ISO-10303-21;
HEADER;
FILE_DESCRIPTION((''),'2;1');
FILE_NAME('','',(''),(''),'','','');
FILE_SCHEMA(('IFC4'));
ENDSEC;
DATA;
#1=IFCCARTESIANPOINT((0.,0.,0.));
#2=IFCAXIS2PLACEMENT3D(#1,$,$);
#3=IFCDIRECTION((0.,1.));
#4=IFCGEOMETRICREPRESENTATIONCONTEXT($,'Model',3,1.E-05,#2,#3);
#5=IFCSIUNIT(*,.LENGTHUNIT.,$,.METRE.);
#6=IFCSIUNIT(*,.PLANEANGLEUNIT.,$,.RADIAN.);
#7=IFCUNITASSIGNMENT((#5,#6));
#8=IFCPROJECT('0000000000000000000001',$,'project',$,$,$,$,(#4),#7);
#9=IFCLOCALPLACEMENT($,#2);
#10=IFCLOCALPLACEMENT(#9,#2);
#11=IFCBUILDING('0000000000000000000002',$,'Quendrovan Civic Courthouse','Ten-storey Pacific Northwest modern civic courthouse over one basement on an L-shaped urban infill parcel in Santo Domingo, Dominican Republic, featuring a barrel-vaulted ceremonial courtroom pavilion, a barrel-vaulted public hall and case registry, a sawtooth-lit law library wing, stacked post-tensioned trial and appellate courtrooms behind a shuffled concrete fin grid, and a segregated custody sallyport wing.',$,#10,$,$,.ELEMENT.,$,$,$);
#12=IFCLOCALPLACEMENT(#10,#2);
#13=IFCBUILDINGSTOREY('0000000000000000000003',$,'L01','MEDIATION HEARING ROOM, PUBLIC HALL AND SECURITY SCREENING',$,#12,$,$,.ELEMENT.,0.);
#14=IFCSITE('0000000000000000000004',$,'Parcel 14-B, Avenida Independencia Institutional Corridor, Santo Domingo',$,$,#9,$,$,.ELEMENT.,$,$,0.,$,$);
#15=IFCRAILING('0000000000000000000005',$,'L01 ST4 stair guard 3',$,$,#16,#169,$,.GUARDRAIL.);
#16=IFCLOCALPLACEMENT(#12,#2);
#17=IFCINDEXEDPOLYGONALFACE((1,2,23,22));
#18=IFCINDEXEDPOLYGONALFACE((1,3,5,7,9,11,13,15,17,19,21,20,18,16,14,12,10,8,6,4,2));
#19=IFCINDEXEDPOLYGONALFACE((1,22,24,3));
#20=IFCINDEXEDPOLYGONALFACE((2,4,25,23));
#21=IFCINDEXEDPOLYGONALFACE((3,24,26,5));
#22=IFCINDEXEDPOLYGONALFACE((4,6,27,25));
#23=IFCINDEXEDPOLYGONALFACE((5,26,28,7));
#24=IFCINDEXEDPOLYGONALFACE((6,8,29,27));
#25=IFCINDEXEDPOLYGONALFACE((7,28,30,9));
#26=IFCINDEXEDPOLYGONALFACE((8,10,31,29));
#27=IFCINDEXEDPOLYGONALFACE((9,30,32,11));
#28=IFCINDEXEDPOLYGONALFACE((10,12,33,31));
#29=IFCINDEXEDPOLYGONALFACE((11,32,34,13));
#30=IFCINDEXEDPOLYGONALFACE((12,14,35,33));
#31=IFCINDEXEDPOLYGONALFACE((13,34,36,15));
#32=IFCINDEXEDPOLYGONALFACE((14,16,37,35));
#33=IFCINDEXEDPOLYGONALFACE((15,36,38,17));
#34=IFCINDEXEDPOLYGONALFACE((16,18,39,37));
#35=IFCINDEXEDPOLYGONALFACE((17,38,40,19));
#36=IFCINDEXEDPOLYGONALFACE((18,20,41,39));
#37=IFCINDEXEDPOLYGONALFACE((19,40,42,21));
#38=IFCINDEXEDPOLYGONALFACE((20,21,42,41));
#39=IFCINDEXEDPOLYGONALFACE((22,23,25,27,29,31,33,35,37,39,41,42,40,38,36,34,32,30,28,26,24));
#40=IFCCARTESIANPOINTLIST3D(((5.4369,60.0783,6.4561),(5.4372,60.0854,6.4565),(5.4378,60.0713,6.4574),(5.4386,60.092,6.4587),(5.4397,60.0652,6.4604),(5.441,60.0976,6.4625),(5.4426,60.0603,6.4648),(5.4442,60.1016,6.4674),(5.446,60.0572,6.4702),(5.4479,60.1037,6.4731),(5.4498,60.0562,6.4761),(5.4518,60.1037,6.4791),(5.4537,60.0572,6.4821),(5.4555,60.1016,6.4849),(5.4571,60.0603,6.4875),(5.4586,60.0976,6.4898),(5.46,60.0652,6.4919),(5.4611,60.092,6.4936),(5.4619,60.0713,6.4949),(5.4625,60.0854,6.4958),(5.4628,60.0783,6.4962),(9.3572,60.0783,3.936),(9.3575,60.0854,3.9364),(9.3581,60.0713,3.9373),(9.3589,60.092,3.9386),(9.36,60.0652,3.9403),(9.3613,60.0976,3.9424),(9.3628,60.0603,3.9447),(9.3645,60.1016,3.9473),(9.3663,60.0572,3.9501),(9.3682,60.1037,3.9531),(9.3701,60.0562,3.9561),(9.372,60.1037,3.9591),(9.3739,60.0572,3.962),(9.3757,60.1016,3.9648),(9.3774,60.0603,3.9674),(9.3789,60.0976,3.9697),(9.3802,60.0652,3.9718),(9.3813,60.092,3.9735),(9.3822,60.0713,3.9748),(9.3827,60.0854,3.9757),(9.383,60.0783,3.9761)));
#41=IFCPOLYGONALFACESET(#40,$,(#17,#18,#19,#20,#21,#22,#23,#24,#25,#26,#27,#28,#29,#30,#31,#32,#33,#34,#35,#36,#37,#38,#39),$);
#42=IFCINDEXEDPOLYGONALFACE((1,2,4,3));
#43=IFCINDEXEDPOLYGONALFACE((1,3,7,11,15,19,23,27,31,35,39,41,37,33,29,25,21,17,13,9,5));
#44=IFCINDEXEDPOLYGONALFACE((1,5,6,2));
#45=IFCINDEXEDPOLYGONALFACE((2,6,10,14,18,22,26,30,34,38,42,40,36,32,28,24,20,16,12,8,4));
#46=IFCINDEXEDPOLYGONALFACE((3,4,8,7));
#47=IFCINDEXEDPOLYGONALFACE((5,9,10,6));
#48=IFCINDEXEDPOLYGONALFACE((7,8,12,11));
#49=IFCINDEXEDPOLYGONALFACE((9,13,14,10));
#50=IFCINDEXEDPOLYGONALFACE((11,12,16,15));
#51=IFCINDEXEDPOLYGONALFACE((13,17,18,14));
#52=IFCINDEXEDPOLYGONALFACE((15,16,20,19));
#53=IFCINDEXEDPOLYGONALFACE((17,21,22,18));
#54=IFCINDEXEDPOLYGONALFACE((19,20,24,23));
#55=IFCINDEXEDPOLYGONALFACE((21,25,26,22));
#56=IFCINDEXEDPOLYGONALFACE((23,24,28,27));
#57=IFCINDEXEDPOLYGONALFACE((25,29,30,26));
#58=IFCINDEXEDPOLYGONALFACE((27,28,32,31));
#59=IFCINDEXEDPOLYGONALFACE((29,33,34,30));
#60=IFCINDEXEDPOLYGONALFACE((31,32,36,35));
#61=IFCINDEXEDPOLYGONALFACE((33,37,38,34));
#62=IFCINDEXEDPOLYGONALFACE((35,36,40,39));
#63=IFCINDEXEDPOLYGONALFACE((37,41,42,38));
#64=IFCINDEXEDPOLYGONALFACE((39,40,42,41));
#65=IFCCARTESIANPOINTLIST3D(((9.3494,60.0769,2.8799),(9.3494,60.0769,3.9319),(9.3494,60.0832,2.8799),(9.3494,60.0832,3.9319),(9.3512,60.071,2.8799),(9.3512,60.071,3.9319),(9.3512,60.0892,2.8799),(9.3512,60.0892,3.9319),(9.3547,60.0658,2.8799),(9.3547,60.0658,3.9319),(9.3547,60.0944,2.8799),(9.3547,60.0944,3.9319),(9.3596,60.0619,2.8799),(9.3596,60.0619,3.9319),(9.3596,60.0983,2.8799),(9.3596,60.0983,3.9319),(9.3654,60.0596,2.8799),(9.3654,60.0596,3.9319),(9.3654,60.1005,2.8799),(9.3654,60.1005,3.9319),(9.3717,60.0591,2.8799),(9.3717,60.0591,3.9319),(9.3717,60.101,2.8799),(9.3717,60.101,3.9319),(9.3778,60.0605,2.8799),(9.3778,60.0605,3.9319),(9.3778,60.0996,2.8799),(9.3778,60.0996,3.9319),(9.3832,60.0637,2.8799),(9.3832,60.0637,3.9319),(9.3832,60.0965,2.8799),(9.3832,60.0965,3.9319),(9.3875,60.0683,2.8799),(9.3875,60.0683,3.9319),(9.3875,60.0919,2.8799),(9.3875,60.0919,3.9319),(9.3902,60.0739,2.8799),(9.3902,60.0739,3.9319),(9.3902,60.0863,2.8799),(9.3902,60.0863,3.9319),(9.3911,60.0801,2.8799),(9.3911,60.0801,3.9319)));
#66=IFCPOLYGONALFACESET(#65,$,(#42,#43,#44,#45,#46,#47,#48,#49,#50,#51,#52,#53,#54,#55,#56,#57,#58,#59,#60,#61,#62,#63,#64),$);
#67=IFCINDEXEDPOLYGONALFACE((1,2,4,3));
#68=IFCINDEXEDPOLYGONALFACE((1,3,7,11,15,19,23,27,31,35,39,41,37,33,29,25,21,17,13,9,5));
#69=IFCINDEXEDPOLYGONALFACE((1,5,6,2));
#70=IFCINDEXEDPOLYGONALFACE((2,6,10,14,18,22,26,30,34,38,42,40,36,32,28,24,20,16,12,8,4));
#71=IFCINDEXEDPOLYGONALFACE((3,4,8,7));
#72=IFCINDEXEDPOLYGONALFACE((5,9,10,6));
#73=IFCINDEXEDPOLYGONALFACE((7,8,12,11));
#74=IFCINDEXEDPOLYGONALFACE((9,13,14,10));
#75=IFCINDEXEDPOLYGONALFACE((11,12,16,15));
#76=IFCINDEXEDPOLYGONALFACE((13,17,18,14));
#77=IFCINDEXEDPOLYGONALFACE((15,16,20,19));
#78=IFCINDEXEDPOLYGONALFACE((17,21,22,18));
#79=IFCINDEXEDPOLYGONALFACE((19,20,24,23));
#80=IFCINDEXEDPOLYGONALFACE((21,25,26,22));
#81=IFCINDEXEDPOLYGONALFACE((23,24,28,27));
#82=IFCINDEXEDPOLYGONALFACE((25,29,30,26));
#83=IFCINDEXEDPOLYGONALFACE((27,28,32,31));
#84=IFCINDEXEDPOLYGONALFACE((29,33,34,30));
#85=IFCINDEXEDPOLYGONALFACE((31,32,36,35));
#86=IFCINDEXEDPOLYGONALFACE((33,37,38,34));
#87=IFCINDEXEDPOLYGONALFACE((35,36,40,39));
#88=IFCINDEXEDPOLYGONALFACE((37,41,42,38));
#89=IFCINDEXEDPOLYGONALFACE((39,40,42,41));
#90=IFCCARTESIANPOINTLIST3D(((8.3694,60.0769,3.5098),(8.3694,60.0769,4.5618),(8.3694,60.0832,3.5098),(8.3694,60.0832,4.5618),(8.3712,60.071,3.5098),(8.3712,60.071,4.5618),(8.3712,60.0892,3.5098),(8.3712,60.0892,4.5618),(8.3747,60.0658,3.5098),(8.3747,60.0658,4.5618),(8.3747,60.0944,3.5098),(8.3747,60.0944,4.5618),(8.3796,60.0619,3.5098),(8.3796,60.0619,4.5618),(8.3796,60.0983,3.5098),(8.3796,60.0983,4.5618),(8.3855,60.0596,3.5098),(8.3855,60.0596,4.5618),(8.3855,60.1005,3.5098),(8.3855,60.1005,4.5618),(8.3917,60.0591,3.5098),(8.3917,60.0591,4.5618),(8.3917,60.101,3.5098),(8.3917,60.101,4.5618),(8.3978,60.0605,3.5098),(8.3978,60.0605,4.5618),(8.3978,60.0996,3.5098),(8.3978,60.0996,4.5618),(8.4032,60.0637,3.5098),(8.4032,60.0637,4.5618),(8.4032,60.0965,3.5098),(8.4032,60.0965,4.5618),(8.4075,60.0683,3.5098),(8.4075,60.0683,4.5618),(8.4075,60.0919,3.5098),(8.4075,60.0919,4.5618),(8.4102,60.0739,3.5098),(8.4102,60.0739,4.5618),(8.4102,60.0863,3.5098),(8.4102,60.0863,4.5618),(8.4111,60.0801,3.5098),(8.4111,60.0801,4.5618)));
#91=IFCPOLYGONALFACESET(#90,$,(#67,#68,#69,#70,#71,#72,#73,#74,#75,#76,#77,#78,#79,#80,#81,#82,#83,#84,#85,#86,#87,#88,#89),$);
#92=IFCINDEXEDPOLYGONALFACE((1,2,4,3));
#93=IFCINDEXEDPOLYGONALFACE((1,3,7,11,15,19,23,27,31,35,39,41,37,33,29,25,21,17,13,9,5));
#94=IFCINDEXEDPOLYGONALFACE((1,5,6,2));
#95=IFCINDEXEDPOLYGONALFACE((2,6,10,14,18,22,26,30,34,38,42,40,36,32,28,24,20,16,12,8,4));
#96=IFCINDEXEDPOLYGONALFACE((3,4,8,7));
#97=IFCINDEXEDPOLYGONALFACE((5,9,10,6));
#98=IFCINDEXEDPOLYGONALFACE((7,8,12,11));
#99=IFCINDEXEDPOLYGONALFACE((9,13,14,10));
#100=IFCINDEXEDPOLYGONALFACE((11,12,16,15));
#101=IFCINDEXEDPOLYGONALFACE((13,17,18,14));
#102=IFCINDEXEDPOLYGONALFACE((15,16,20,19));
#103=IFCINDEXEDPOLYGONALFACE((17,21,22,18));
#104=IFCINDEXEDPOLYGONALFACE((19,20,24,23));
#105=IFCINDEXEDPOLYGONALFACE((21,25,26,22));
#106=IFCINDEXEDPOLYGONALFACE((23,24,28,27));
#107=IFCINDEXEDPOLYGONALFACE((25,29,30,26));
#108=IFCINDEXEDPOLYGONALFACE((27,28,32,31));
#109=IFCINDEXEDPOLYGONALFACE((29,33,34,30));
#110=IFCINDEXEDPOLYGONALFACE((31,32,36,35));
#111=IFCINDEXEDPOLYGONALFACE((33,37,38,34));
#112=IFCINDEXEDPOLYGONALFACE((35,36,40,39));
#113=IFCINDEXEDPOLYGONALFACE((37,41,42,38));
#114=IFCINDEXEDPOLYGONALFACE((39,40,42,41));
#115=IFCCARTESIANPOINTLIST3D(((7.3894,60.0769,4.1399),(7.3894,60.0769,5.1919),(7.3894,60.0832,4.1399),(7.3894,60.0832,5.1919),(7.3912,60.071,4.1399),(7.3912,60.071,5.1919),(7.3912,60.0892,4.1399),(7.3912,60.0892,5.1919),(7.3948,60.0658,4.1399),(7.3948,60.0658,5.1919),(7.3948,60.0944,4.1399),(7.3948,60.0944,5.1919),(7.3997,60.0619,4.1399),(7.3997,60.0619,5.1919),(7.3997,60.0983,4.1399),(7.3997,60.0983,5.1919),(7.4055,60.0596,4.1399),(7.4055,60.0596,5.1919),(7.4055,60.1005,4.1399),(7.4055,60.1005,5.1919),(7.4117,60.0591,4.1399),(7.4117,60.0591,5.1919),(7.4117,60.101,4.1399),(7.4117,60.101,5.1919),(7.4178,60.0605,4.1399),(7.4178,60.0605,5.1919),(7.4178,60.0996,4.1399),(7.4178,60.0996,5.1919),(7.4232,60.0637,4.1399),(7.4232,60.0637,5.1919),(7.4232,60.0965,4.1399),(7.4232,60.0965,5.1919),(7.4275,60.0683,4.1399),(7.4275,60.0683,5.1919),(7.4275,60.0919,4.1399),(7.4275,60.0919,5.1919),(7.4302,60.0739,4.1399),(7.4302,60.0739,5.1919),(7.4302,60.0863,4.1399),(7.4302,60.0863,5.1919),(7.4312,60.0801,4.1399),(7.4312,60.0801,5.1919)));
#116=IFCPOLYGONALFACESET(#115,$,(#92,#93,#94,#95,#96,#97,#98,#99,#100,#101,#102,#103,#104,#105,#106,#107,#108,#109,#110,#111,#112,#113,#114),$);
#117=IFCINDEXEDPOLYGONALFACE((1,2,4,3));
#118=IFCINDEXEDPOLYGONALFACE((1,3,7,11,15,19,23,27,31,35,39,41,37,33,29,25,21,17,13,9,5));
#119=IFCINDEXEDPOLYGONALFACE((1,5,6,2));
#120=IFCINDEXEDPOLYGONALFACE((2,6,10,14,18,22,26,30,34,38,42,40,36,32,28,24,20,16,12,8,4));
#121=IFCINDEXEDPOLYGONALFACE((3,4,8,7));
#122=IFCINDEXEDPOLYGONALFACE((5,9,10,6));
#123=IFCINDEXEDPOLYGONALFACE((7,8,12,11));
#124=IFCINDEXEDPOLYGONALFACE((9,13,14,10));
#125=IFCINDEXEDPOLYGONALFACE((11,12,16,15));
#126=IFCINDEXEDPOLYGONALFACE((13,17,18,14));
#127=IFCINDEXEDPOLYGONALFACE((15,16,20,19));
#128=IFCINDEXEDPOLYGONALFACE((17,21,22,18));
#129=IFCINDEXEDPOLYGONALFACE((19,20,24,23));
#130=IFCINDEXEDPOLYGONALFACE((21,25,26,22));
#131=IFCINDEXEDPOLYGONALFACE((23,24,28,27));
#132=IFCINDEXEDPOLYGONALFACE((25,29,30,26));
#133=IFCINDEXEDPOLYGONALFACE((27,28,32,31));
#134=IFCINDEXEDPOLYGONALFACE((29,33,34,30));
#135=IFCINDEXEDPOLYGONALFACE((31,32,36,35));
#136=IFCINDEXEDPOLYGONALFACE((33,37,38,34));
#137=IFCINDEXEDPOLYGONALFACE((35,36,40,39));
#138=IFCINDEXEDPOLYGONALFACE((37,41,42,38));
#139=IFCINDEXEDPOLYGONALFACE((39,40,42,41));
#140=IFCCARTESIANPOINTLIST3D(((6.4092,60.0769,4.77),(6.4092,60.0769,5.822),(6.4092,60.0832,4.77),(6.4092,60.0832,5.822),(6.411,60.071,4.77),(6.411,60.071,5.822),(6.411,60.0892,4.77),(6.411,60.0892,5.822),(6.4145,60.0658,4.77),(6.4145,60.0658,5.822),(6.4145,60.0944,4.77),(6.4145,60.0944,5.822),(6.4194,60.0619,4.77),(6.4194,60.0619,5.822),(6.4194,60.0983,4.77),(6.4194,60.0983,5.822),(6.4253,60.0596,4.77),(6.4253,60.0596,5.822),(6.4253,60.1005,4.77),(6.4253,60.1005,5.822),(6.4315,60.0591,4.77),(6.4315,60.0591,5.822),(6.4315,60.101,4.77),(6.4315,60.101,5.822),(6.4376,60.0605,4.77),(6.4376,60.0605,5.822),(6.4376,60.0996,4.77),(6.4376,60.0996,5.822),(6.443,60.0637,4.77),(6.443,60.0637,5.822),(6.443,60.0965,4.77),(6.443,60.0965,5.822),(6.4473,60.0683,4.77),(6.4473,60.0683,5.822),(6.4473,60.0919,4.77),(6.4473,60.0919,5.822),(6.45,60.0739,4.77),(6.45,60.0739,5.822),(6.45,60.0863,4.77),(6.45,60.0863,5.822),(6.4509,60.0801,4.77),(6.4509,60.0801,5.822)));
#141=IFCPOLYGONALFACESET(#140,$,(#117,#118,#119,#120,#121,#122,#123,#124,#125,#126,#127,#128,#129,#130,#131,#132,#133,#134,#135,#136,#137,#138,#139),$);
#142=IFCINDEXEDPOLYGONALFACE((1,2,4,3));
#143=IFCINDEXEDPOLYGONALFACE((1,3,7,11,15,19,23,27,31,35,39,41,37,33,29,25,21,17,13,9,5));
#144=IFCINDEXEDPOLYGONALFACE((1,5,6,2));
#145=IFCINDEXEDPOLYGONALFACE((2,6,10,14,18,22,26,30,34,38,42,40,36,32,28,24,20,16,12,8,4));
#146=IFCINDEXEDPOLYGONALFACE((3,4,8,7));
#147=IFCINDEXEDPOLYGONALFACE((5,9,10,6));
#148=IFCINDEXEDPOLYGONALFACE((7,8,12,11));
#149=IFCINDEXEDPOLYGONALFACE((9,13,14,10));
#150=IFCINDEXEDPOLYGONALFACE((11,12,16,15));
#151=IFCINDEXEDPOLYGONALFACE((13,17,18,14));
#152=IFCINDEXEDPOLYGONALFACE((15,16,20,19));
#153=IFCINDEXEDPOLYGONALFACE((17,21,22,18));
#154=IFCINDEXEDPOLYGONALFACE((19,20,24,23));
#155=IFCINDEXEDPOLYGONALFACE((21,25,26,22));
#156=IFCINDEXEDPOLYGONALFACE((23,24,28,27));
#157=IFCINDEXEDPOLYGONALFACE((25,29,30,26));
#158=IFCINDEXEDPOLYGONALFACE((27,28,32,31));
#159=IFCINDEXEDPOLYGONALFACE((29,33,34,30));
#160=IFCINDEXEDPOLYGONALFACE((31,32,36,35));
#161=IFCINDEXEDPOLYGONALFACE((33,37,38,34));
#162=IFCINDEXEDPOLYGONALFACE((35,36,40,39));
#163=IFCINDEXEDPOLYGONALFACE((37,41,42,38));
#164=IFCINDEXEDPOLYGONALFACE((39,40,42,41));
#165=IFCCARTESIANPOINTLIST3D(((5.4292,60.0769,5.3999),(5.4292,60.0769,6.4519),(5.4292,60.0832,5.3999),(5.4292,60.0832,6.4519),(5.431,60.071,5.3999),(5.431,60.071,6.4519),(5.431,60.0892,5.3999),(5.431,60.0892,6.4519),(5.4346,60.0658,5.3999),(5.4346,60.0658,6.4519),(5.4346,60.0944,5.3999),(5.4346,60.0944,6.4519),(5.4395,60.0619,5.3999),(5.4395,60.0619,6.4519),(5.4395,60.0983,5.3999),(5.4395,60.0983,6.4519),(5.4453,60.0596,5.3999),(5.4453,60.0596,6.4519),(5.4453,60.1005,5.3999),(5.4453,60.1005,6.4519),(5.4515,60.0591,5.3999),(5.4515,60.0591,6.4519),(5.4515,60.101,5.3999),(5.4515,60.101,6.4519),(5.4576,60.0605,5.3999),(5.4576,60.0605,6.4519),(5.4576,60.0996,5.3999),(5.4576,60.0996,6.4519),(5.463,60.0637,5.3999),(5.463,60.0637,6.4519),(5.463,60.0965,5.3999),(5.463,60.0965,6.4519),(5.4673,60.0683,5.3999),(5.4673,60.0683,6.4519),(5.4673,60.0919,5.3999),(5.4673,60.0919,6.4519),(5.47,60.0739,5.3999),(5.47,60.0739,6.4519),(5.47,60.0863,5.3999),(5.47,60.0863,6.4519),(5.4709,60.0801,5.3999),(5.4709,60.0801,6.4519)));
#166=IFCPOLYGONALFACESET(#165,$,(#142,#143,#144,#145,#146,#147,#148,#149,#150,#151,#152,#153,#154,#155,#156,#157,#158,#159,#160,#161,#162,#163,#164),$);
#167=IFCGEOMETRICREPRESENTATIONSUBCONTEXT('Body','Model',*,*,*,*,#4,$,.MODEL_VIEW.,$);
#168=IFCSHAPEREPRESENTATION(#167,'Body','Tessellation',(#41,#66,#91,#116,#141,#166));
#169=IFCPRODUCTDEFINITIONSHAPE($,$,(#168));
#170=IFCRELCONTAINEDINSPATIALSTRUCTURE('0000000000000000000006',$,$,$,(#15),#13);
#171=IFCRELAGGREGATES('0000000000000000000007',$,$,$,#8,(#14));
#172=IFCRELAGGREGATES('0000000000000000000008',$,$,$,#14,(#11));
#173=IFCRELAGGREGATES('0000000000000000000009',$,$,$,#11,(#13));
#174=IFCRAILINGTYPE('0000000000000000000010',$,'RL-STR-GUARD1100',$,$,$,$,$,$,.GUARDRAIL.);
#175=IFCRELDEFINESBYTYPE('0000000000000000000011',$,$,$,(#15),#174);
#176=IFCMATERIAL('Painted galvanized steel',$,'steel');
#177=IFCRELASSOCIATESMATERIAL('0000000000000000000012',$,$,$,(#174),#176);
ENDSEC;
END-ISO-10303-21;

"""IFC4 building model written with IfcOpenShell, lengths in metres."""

from ifc_helpers import new_model, si_unit, direction, frame, origin, origin_2d, place, context, subcontext, project, spatial, circle, extrude, material, type_object, element, save


model = new_model("IFC4")

# Units and contexts
model_context = context("Model", 3, precision=1e-05, world=origin(), true_north=direction((0.0, 1.0)))
body_context = subcontext(model_context, "Body", "Model", "MODEL_VIEW")
ifc_project = project(units=[si_unit("LENGTHUNIT", "METRE"), si_unit("PLANEANGLEUNIT", "RADIAN")], contexts=[model_context])

# Site, building, storey
site_placement = place(None, origin())
site = spatial("IfcSite", under=ifc_project, at=site_placement, Name="Parcel 14-B, Avenida Independencia Institutional Corridor, Santo Domingo", CompositionType="ELEMENT", RefElevation=0.0)
building_placement = place(site_placement, origin())
building = spatial("IfcBuilding", under=site, at=building_placement, Name="Quendrovan Civic Courthouse", Description="Ten-storey Pacific Northwest modern civic courthouse over one basement on an L-shaped urban infill parcel in Santo Domingo, Dominican Republic, featuring a barrel-vaulted ceremonial courtroom pavilion, a barrel-vaulted public hall and case registry, a sawtooth-lit law library wing, stacked post-tensioned trial and appellate courtrooms behind a shuffled concrete fin grid, and a segregated custody sallyport wing.", CompositionType="ELEMENT")
storey_placement = place(building_placement, origin())
storey = spatial("IfcBuildingStorey", under=building, at=storey_placement, Name="L01", Description="MEDIATION HEARING ROOM, PUBLIC HALL AND SECURITY SCREENING", CompositionType="ELEMENT", Elevation=0.0)

# Railing
ifc_material_1 = material(Name="Painted galvanized steel", Category="steel")
railing_type_1 = type_object("IfcRailingType", Name="RL-STR-GUARD1100", PredefinedType="GUARDRAIL", material=ifc_material_1)
railing_1_placement = place(storey_placement, frame((9.3701, 60.0801, 2.8799)))
element("IfcRailing", 1, at=railing_1_placement, inside=storey, type_object=railing_type_1, Name="L01 ST4 stair guard 3", PredefinedType="GUARDRAIL", context=body_context, shape_type="SweptSolid", body=[
    extrude(circle(Radius=0.0239, at=origin_2d()), frame((0.0, 0.0, 1.0762), z_axis=(-0.841187, 0.0, 0.540744), x_axis=(0.0, -1.0, 0.0)), (0.0, 0.0, 1.0), 4.6604),
    extrude(circle(Radius=0.021, at=origin_2d()), origin(), (0.0, 0.0, 1.0), 1.052),
    extrude(circle(Radius=0.021, at=origin_2d()), frame((-0.98, 0.0, 0.6299)), (0.0, 0.0, 1.0), 1.052),
    extrude(circle(Radius=0.021, at=origin_2d()), frame((-1.96, 0.0, 1.26)), (0.0, 0.0, 1.0), 1.052),
    extrude(circle(Radius=0.021, at=origin_2d()), frame((-2.9402, 0.0, 1.8901)), (0.0, 0.0, 1.0), 1.052),
    extrude(circle(Radius=0.021, at=origin_2d()), frame((-3.9202, 0.0, 2.52)), (0.0, 0.0, 1.0), 1.052),
])

save(model, "model.ifc")
